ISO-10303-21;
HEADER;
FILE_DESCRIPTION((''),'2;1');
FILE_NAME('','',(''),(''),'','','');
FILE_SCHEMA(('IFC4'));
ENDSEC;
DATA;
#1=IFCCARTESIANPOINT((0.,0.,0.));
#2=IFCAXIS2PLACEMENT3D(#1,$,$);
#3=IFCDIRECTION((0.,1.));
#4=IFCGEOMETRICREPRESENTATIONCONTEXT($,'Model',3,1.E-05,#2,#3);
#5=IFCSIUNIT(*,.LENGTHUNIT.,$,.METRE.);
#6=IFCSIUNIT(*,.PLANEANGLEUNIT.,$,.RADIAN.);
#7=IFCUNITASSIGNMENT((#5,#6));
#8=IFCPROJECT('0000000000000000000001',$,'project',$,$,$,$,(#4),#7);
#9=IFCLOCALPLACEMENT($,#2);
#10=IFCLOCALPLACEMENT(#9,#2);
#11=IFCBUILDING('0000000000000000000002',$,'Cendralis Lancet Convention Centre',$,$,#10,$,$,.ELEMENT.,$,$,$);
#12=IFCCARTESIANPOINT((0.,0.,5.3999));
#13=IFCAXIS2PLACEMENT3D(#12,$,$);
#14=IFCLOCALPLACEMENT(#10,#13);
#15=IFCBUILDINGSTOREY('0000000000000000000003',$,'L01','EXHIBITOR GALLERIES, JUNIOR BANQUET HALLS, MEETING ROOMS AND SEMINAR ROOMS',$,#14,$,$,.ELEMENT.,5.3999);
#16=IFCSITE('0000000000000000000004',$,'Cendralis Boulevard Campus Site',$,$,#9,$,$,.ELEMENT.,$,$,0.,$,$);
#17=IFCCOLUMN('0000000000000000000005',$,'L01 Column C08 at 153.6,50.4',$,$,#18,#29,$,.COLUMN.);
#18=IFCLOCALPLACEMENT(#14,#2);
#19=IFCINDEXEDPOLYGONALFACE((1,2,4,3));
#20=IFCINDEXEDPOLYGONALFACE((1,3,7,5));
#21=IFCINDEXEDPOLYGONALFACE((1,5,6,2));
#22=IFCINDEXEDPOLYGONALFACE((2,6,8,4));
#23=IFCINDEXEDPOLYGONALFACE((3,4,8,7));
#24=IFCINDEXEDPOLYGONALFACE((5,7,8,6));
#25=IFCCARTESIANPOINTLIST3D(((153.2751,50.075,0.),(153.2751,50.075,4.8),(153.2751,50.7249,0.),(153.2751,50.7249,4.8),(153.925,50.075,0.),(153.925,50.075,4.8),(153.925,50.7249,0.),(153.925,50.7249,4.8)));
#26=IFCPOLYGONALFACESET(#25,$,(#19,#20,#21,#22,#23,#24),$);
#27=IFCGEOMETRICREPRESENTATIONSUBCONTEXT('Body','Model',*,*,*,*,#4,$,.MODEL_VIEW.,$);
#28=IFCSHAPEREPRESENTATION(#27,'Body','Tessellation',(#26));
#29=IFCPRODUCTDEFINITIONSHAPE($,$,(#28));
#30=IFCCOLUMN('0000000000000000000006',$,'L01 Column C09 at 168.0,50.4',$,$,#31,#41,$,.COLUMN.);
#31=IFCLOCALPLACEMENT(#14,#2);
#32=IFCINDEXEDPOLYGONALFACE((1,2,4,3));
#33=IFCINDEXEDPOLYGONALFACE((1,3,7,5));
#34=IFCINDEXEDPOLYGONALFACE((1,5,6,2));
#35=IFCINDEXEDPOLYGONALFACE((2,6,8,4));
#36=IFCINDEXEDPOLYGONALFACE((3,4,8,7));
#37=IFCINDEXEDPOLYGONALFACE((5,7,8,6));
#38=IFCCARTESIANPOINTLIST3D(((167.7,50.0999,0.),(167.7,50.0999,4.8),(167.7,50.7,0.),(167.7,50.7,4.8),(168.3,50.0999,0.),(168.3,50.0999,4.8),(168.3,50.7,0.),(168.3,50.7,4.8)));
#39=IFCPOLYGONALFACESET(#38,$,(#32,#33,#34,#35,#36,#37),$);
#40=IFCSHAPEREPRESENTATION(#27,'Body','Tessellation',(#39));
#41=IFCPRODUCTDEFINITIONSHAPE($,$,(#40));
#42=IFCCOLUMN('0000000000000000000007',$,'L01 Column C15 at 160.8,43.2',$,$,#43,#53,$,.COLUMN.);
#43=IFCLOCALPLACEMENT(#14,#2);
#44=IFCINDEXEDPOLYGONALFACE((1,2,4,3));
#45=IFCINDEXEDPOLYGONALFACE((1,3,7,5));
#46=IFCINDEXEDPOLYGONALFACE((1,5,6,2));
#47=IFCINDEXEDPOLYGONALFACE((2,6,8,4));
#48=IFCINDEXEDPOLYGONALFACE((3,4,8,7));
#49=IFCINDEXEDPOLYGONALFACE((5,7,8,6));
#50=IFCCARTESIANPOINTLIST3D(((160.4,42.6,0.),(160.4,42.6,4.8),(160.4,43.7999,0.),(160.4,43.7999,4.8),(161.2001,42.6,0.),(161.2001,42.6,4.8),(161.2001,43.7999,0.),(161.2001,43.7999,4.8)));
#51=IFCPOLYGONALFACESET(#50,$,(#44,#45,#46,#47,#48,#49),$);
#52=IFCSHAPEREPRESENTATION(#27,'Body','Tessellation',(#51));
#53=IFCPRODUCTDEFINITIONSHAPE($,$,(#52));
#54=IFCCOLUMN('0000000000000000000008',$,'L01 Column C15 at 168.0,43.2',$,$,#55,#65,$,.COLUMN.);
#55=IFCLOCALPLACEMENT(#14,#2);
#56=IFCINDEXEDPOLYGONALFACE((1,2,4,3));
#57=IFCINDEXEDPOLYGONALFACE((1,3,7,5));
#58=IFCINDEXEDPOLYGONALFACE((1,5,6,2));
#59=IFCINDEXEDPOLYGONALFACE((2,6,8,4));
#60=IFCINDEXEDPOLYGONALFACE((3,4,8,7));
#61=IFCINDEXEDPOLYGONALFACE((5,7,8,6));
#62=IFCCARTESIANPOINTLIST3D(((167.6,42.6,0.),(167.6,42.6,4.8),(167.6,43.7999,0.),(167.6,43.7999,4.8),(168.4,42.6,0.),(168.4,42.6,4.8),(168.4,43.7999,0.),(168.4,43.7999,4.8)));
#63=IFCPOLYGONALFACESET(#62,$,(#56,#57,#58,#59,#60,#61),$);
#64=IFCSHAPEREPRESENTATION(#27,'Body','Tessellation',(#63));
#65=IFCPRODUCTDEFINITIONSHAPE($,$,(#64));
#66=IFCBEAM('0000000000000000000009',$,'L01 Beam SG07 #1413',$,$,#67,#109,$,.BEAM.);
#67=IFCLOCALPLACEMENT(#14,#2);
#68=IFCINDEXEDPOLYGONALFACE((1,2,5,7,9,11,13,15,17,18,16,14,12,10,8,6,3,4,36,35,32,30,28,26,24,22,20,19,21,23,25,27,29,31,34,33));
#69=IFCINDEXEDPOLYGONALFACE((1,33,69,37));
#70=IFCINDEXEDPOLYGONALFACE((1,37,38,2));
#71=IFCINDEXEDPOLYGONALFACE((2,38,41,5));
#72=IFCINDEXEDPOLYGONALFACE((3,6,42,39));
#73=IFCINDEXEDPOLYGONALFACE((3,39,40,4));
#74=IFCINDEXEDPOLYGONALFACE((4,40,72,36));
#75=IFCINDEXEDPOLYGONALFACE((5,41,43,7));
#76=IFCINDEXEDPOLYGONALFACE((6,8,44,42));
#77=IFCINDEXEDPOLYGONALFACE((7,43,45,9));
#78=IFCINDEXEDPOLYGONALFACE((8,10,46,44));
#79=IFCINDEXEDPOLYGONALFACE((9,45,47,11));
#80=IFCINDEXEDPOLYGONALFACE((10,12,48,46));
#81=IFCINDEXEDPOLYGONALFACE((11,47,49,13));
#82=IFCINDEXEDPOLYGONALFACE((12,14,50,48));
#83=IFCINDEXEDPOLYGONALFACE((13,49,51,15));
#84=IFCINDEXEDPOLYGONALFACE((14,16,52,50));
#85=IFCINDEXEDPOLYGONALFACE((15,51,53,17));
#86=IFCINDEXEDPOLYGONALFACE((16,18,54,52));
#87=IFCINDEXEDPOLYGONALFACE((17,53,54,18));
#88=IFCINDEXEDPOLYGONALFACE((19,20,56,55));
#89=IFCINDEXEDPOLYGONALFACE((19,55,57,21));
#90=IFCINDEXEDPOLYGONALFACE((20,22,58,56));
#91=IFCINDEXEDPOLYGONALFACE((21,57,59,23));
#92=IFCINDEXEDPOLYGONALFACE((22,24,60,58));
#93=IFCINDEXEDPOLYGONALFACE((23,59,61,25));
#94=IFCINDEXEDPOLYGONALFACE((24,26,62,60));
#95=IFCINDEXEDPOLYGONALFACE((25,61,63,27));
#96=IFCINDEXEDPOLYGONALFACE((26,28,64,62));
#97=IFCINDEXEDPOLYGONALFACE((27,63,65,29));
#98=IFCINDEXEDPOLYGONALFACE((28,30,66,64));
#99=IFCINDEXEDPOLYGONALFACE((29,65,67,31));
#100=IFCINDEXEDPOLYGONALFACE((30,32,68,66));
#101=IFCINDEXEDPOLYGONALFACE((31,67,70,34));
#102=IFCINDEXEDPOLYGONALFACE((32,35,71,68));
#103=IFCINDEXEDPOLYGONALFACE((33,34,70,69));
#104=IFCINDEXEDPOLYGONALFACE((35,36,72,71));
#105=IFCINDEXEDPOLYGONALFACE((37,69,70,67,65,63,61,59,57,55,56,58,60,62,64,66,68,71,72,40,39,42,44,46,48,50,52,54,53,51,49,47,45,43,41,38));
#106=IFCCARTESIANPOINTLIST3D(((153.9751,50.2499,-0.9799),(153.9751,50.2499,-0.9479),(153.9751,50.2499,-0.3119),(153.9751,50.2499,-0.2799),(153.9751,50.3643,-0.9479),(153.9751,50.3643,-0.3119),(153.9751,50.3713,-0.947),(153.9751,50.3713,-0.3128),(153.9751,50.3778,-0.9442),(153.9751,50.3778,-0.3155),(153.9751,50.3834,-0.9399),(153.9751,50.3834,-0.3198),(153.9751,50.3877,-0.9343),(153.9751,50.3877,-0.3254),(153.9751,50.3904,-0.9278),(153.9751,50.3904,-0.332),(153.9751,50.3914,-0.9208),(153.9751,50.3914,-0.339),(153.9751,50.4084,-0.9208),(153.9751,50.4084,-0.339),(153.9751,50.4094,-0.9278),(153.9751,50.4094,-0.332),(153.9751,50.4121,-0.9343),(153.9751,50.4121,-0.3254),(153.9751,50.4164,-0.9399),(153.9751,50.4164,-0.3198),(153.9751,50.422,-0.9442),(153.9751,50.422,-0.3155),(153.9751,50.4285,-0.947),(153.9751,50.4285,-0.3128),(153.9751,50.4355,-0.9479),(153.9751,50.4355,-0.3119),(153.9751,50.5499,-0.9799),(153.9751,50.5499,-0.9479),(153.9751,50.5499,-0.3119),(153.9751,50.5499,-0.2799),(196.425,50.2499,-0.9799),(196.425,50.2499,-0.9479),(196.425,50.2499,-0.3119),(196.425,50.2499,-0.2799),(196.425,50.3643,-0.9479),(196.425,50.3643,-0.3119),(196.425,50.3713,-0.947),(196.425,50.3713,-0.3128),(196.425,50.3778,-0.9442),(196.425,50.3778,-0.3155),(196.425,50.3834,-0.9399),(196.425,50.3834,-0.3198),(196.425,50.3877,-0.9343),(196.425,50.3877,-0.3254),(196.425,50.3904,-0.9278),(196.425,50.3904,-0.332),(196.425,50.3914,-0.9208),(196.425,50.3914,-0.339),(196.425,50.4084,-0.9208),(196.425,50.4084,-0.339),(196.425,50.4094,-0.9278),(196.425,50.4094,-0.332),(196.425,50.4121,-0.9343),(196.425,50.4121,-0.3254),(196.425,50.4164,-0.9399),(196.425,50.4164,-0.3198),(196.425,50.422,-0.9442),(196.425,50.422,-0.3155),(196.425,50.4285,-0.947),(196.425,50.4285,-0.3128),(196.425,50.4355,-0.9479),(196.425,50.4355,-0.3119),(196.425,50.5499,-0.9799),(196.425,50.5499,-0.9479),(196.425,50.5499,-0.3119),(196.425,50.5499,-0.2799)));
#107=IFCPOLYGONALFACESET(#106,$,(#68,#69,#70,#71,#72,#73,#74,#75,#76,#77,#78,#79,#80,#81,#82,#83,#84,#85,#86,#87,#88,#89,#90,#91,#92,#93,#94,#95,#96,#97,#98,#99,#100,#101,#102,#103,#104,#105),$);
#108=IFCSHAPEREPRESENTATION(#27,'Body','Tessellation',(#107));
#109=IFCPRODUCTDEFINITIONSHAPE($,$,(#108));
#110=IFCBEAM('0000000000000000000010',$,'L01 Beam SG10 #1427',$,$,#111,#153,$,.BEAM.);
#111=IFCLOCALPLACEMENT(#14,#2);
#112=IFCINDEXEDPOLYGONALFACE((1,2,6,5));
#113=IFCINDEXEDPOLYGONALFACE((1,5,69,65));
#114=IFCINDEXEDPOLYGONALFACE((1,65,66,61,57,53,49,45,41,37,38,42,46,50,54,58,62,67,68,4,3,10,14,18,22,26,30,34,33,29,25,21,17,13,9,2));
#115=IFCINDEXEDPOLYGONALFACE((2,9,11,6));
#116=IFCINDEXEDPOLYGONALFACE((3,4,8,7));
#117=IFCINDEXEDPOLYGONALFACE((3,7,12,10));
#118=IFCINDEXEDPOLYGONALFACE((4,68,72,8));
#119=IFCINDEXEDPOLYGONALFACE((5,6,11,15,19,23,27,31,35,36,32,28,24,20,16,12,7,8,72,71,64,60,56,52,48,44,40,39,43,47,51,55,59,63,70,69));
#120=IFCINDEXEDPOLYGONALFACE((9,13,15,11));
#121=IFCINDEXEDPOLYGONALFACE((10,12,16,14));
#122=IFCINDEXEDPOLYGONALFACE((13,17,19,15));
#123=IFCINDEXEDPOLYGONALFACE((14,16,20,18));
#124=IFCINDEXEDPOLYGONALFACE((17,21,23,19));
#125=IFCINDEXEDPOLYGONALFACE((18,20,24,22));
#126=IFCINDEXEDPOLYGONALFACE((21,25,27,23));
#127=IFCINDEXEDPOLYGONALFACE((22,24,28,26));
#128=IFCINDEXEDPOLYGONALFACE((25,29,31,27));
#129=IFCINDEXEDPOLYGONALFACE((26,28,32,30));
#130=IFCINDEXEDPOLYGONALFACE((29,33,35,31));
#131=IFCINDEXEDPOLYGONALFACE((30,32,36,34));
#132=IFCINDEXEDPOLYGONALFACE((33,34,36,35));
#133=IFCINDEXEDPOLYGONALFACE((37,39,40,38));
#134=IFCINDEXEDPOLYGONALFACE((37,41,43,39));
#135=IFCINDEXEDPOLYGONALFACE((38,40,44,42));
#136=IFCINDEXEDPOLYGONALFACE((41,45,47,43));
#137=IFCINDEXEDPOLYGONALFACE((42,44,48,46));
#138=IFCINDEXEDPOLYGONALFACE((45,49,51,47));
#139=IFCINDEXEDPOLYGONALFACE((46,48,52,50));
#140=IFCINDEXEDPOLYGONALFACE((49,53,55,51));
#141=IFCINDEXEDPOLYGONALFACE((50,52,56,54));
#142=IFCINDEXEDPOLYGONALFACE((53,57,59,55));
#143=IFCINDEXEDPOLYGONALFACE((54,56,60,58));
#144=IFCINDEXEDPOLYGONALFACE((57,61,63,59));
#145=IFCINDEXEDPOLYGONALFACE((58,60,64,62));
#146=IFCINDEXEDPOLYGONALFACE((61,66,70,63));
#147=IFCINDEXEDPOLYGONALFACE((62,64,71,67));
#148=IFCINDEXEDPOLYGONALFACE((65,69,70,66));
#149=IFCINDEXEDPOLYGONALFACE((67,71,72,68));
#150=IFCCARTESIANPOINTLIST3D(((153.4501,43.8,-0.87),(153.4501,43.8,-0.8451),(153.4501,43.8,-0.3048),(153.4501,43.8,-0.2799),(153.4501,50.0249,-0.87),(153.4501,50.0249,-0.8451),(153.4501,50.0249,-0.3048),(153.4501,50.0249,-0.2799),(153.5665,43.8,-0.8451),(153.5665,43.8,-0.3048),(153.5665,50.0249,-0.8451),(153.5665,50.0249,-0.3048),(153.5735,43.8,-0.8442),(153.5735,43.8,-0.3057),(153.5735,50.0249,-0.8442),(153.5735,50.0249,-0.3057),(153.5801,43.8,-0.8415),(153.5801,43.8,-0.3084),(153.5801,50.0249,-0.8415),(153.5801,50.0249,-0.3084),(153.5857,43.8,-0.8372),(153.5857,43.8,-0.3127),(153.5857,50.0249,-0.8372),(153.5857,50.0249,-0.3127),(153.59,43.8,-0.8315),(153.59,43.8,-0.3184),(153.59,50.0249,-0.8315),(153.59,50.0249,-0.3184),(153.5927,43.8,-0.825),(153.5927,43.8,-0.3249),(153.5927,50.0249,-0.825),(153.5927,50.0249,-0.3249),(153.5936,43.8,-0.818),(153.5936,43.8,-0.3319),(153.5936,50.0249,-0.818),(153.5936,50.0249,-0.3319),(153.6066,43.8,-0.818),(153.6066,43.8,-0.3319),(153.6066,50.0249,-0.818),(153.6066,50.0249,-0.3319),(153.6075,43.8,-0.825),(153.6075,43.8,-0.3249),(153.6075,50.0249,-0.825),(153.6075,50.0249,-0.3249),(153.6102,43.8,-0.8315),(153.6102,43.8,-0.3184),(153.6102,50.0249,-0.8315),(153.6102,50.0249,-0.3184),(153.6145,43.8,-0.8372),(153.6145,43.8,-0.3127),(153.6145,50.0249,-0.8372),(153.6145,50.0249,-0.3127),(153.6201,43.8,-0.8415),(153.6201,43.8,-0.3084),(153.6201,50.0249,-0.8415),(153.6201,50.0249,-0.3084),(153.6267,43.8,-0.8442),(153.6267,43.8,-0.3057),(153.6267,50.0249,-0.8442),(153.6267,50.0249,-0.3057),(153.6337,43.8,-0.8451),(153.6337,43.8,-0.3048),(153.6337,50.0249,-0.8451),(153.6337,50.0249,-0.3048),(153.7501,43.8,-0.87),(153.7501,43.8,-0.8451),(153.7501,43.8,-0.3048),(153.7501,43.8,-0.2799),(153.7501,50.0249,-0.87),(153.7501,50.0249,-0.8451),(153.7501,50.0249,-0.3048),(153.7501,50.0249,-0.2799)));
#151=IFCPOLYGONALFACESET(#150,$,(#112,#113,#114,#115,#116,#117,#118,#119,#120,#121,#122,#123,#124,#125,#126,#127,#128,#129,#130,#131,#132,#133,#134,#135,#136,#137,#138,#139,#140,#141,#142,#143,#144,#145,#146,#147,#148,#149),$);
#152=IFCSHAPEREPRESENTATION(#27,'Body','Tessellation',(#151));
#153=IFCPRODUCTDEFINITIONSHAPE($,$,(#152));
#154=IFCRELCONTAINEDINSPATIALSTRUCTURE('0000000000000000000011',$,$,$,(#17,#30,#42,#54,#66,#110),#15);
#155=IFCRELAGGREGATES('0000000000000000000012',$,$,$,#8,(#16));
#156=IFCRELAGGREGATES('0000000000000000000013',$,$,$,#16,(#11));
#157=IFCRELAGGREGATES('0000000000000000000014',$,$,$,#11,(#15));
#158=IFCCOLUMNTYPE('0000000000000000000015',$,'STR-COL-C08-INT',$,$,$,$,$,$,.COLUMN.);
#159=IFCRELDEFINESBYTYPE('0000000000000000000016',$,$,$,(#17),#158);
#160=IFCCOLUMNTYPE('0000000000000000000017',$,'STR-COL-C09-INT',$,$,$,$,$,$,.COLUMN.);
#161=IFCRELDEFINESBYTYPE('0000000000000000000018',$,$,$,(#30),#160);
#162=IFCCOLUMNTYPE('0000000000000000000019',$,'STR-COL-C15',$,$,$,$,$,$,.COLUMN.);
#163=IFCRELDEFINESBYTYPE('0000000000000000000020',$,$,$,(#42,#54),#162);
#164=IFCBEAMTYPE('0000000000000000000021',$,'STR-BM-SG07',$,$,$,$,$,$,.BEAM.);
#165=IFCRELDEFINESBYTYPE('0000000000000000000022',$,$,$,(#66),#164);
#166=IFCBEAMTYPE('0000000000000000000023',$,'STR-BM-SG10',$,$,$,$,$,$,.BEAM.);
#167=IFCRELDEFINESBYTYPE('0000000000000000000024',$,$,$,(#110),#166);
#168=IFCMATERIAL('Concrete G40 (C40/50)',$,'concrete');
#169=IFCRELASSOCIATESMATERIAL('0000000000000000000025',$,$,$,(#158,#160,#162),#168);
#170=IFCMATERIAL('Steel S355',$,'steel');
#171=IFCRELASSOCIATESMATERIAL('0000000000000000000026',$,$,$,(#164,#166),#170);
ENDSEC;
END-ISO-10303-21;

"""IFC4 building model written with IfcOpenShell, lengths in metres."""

from ifc_helpers import new_model, si_unit, direction, frame, origin, origin_2d, place, context, subcontext, project, spatial, rectangle, i_section, extrude, material, material_profile, profile_set, type_object, element, save


model = new_model("IFC4")

# Units and contexts
model_context = context("Model", 3, precision=1e-05, world=origin(), true_north=direction((0.0, 1.0)))
body_context = subcontext(model_context, "Body", "Model", "MODEL_VIEW")
ifc_project = project(units=[si_unit("LENGTHUNIT", "METRE"), si_unit("PLANEANGLEUNIT", "RADIAN")], contexts=[model_context])

# Site, building, storey
site_placement = place(None, origin())
site = spatial("IfcSite", under=ifc_project, at=site_placement, Name="Cendralis Boulevard Campus Site", CompositionType="ELEMENT", RefElevation=0.0)
building_placement = place(site_placement, origin())
building = spatial("IfcBuilding", under=site, at=building_placement, Name="Cendralis Lancet Convention Centre", CompositionType="ELEMENT")
storey_placement = place(building_placement, frame((0.0, 0.0, 5.3999)))
storey = spatial("IfcBuildingStorey", under=building, at=storey_placement, Name="L01", Description="EXHIBITOR GALLERIES, JUNIOR BANQUET HALLS, MEETING ROOMS AND SEMINAR ROOMS", CompositionType="ELEMENT", Elevation=5.3999)

# Columns
ifc_material_1 = material(Name="Concrete G40 (C40/50)", Category="concrete")
ifc_material_profile_1 = material_profile(ifc_material_1, rectangle(XDim=0.6499, YDim=0.6499, at=origin_2d()), Name="RC 650x650")
ifc_profile_set_1 = profile_set([ifc_material_profile_1], Name="Concrete G40 (C40/50)")
column_type_1 = type_object("IfcColumnType", Name="STR-COL-C08-INT", PredefinedType="COLUMN", material=ifc_profile_set_1)
column_1_placement = place(storey_placement, frame((153.6001, 50.3999, 0.0), z_axis=(0.0, 0.0, 1.0), x_axis=(1.0, 0.0, 0.0)))
element("IfcColumn", 1, at=column_1_placement, inside=storey, type_object=column_type_1, Name="L01 Column C08 at 153.6,50.4", PredefinedType="COLUMN", context=body_context, shape_type="SweptSolid", body=[
    extrude(rectangle(XDim=0.6499, YDim=0.6499, at=origin_2d()), origin(), (0.0, 0.0, 1.0), 4.8),
])
ifc_material_profile_2 = material_profile(ifc_material_1, rectangle(XDim=0.6001, YDim=0.6001, at=origin_2d()), Name="RC 600x600")
ifc_profile_set_2 = profile_set([ifc_material_profile_2], Name="Concrete G40 (C40/50)")
column_type_2 = type_object("IfcColumnType", Name="STR-COL-C09-INT", PredefinedType="COLUMN", material=ifc_profile_set_2)
column_2_placement = place(storey_placement, frame((168.0, 50.3999, 0.0), z_axis=(0.0, 0.0, 1.0), x_axis=(1.0, 0.0, 0.0)))
element("IfcColumn", 2, at=column_2_placement, inside=storey, type_object=column_type_2, Name="L01 Column C09 at 168.0,50.4", PredefinedType="COLUMN", context=body_context, shape_type="SweptSolid", body=[
    extrude(rectangle(XDim=0.6001, YDim=0.6001, at=origin_2d()), origin(), (0.0, 0.0, 1.0), 4.8),
])
ifc_material_profile_3 = material_profile(ifc_material_1, rectangle(XDim=0.8, YDim=1.2, at=origin_2d()), Name="RC 800x1200")
ifc_profile_set_3 = profile_set([ifc_material_profile_3], Name="Concrete G40 (C40/50)")
column_type_3 = type_object("IfcColumnType", Name="STR-COL-C15", PredefinedType="COLUMN", material=ifc_profile_set_3)
for number, where, z_axis, x_axis, name in (
    (3, (160.8, 43.2, 0.0), (0.0, 0.0, 1.0), (1.0, 0.0, 0.0), "L01 Column C15 at 160.8,43.2"),
    (4, (168.0, 43.2, 0.0), (0.0, 0.0, 1.0), (1.0, 0.0, 0.0), "L01 Column C15 at 168.0,43.2"),
):
    element("IfcColumn", number, at=place(storey_placement, frame(where, z_axis=z_axis, x_axis=x_axis)), inside=storey, type_object=column_type_3, Name=name, PredefinedType="COLUMN", context=body_context, shape_type="SweptSolid", body=[
        extrude(rectangle(XDim=0.8, YDim=1.2, at=origin_2d()), origin(), (0.0, 0.0, 1.0), 4.8),
    ])

# Beams
ifc_material_2 = material(Name="Steel S355", Category="steel")
ifc_material_profile_4 = material_profile(ifc_material_2, i_section(OverallWidth=0.3, OverallDepth=0.7, WebThickness=0.0171, FlangeThickness=0.032, FilletRadius=0.0271, at=origin_2d()), Name="HEB 700")
ifc_profile_set_4 = profile_set([ifc_material_profile_4], Name="Steel S355")
beam_type_1 = type_object("IfcBeamType", Name="STR-BM-SG07", PredefinedType="BEAM", material=ifc_profile_set_4)
beam_1_placement = place(storey_placement, frame((153.9751, 50.3999, -0.6299), z_axis=(1.0, 0.0, 0.0), x_axis=(0.0, 1.0, 0.0)))
element("IfcBeam", 5, at=beam_1_placement, inside=storey, type_object=beam_type_1, Name="L01 Beam SG07 #1413", PredefinedType="BEAM", context=body_context, shape_type="SweptSolid", body=[
    extrude(i_section(OverallWidth=0.3, OverallDepth=0.7, WebThickness=0.0171, FlangeThickness=0.032, FilletRadius=0.0271, at=origin_2d()), origin(), (0.0, 0.0, 1.0), 42.45),
])
ifc_material_profile_5 = material_profile(ifc_material_2, i_section(OverallWidth=0.3, OverallDepth=0.5901, WebThickness=0.0129, FlangeThickness=0.0249, FilletRadius=0.0271, at=origin_2d()), Name="HEA 600")
ifc_profile_set_5 = profile_set([ifc_material_profile_5], Name="Steel S355")
beam_type_2 = type_object("IfcBeamType", Name="STR-BM-SG10", PredefinedType="BEAM", material=ifc_profile_set_5)
beam_2_placement = place(storey_placement, frame((153.6001, 43.8, -0.575), z_axis=(0.0, 1.0, 0.0), x_axis=(-1.0, 0.0, 0.0)))
element("IfcBeam", 6, at=beam_2_placement, inside=storey, type_object=beam_type_2, Name="L01 Beam SG10 #1427", PredefinedType="BEAM", context=body_context, shape_type="SweptSolid", body=[
    extrude(i_section(OverallWidth=0.3, OverallDepth=0.5901, WebThickness=0.0129, FlangeThickness=0.0249, FilletRadius=0.0271, at=origin_2d()), origin(), (0.0, 0.0, 1.0), 6.2249),
])

save(model, "model.ifc")
